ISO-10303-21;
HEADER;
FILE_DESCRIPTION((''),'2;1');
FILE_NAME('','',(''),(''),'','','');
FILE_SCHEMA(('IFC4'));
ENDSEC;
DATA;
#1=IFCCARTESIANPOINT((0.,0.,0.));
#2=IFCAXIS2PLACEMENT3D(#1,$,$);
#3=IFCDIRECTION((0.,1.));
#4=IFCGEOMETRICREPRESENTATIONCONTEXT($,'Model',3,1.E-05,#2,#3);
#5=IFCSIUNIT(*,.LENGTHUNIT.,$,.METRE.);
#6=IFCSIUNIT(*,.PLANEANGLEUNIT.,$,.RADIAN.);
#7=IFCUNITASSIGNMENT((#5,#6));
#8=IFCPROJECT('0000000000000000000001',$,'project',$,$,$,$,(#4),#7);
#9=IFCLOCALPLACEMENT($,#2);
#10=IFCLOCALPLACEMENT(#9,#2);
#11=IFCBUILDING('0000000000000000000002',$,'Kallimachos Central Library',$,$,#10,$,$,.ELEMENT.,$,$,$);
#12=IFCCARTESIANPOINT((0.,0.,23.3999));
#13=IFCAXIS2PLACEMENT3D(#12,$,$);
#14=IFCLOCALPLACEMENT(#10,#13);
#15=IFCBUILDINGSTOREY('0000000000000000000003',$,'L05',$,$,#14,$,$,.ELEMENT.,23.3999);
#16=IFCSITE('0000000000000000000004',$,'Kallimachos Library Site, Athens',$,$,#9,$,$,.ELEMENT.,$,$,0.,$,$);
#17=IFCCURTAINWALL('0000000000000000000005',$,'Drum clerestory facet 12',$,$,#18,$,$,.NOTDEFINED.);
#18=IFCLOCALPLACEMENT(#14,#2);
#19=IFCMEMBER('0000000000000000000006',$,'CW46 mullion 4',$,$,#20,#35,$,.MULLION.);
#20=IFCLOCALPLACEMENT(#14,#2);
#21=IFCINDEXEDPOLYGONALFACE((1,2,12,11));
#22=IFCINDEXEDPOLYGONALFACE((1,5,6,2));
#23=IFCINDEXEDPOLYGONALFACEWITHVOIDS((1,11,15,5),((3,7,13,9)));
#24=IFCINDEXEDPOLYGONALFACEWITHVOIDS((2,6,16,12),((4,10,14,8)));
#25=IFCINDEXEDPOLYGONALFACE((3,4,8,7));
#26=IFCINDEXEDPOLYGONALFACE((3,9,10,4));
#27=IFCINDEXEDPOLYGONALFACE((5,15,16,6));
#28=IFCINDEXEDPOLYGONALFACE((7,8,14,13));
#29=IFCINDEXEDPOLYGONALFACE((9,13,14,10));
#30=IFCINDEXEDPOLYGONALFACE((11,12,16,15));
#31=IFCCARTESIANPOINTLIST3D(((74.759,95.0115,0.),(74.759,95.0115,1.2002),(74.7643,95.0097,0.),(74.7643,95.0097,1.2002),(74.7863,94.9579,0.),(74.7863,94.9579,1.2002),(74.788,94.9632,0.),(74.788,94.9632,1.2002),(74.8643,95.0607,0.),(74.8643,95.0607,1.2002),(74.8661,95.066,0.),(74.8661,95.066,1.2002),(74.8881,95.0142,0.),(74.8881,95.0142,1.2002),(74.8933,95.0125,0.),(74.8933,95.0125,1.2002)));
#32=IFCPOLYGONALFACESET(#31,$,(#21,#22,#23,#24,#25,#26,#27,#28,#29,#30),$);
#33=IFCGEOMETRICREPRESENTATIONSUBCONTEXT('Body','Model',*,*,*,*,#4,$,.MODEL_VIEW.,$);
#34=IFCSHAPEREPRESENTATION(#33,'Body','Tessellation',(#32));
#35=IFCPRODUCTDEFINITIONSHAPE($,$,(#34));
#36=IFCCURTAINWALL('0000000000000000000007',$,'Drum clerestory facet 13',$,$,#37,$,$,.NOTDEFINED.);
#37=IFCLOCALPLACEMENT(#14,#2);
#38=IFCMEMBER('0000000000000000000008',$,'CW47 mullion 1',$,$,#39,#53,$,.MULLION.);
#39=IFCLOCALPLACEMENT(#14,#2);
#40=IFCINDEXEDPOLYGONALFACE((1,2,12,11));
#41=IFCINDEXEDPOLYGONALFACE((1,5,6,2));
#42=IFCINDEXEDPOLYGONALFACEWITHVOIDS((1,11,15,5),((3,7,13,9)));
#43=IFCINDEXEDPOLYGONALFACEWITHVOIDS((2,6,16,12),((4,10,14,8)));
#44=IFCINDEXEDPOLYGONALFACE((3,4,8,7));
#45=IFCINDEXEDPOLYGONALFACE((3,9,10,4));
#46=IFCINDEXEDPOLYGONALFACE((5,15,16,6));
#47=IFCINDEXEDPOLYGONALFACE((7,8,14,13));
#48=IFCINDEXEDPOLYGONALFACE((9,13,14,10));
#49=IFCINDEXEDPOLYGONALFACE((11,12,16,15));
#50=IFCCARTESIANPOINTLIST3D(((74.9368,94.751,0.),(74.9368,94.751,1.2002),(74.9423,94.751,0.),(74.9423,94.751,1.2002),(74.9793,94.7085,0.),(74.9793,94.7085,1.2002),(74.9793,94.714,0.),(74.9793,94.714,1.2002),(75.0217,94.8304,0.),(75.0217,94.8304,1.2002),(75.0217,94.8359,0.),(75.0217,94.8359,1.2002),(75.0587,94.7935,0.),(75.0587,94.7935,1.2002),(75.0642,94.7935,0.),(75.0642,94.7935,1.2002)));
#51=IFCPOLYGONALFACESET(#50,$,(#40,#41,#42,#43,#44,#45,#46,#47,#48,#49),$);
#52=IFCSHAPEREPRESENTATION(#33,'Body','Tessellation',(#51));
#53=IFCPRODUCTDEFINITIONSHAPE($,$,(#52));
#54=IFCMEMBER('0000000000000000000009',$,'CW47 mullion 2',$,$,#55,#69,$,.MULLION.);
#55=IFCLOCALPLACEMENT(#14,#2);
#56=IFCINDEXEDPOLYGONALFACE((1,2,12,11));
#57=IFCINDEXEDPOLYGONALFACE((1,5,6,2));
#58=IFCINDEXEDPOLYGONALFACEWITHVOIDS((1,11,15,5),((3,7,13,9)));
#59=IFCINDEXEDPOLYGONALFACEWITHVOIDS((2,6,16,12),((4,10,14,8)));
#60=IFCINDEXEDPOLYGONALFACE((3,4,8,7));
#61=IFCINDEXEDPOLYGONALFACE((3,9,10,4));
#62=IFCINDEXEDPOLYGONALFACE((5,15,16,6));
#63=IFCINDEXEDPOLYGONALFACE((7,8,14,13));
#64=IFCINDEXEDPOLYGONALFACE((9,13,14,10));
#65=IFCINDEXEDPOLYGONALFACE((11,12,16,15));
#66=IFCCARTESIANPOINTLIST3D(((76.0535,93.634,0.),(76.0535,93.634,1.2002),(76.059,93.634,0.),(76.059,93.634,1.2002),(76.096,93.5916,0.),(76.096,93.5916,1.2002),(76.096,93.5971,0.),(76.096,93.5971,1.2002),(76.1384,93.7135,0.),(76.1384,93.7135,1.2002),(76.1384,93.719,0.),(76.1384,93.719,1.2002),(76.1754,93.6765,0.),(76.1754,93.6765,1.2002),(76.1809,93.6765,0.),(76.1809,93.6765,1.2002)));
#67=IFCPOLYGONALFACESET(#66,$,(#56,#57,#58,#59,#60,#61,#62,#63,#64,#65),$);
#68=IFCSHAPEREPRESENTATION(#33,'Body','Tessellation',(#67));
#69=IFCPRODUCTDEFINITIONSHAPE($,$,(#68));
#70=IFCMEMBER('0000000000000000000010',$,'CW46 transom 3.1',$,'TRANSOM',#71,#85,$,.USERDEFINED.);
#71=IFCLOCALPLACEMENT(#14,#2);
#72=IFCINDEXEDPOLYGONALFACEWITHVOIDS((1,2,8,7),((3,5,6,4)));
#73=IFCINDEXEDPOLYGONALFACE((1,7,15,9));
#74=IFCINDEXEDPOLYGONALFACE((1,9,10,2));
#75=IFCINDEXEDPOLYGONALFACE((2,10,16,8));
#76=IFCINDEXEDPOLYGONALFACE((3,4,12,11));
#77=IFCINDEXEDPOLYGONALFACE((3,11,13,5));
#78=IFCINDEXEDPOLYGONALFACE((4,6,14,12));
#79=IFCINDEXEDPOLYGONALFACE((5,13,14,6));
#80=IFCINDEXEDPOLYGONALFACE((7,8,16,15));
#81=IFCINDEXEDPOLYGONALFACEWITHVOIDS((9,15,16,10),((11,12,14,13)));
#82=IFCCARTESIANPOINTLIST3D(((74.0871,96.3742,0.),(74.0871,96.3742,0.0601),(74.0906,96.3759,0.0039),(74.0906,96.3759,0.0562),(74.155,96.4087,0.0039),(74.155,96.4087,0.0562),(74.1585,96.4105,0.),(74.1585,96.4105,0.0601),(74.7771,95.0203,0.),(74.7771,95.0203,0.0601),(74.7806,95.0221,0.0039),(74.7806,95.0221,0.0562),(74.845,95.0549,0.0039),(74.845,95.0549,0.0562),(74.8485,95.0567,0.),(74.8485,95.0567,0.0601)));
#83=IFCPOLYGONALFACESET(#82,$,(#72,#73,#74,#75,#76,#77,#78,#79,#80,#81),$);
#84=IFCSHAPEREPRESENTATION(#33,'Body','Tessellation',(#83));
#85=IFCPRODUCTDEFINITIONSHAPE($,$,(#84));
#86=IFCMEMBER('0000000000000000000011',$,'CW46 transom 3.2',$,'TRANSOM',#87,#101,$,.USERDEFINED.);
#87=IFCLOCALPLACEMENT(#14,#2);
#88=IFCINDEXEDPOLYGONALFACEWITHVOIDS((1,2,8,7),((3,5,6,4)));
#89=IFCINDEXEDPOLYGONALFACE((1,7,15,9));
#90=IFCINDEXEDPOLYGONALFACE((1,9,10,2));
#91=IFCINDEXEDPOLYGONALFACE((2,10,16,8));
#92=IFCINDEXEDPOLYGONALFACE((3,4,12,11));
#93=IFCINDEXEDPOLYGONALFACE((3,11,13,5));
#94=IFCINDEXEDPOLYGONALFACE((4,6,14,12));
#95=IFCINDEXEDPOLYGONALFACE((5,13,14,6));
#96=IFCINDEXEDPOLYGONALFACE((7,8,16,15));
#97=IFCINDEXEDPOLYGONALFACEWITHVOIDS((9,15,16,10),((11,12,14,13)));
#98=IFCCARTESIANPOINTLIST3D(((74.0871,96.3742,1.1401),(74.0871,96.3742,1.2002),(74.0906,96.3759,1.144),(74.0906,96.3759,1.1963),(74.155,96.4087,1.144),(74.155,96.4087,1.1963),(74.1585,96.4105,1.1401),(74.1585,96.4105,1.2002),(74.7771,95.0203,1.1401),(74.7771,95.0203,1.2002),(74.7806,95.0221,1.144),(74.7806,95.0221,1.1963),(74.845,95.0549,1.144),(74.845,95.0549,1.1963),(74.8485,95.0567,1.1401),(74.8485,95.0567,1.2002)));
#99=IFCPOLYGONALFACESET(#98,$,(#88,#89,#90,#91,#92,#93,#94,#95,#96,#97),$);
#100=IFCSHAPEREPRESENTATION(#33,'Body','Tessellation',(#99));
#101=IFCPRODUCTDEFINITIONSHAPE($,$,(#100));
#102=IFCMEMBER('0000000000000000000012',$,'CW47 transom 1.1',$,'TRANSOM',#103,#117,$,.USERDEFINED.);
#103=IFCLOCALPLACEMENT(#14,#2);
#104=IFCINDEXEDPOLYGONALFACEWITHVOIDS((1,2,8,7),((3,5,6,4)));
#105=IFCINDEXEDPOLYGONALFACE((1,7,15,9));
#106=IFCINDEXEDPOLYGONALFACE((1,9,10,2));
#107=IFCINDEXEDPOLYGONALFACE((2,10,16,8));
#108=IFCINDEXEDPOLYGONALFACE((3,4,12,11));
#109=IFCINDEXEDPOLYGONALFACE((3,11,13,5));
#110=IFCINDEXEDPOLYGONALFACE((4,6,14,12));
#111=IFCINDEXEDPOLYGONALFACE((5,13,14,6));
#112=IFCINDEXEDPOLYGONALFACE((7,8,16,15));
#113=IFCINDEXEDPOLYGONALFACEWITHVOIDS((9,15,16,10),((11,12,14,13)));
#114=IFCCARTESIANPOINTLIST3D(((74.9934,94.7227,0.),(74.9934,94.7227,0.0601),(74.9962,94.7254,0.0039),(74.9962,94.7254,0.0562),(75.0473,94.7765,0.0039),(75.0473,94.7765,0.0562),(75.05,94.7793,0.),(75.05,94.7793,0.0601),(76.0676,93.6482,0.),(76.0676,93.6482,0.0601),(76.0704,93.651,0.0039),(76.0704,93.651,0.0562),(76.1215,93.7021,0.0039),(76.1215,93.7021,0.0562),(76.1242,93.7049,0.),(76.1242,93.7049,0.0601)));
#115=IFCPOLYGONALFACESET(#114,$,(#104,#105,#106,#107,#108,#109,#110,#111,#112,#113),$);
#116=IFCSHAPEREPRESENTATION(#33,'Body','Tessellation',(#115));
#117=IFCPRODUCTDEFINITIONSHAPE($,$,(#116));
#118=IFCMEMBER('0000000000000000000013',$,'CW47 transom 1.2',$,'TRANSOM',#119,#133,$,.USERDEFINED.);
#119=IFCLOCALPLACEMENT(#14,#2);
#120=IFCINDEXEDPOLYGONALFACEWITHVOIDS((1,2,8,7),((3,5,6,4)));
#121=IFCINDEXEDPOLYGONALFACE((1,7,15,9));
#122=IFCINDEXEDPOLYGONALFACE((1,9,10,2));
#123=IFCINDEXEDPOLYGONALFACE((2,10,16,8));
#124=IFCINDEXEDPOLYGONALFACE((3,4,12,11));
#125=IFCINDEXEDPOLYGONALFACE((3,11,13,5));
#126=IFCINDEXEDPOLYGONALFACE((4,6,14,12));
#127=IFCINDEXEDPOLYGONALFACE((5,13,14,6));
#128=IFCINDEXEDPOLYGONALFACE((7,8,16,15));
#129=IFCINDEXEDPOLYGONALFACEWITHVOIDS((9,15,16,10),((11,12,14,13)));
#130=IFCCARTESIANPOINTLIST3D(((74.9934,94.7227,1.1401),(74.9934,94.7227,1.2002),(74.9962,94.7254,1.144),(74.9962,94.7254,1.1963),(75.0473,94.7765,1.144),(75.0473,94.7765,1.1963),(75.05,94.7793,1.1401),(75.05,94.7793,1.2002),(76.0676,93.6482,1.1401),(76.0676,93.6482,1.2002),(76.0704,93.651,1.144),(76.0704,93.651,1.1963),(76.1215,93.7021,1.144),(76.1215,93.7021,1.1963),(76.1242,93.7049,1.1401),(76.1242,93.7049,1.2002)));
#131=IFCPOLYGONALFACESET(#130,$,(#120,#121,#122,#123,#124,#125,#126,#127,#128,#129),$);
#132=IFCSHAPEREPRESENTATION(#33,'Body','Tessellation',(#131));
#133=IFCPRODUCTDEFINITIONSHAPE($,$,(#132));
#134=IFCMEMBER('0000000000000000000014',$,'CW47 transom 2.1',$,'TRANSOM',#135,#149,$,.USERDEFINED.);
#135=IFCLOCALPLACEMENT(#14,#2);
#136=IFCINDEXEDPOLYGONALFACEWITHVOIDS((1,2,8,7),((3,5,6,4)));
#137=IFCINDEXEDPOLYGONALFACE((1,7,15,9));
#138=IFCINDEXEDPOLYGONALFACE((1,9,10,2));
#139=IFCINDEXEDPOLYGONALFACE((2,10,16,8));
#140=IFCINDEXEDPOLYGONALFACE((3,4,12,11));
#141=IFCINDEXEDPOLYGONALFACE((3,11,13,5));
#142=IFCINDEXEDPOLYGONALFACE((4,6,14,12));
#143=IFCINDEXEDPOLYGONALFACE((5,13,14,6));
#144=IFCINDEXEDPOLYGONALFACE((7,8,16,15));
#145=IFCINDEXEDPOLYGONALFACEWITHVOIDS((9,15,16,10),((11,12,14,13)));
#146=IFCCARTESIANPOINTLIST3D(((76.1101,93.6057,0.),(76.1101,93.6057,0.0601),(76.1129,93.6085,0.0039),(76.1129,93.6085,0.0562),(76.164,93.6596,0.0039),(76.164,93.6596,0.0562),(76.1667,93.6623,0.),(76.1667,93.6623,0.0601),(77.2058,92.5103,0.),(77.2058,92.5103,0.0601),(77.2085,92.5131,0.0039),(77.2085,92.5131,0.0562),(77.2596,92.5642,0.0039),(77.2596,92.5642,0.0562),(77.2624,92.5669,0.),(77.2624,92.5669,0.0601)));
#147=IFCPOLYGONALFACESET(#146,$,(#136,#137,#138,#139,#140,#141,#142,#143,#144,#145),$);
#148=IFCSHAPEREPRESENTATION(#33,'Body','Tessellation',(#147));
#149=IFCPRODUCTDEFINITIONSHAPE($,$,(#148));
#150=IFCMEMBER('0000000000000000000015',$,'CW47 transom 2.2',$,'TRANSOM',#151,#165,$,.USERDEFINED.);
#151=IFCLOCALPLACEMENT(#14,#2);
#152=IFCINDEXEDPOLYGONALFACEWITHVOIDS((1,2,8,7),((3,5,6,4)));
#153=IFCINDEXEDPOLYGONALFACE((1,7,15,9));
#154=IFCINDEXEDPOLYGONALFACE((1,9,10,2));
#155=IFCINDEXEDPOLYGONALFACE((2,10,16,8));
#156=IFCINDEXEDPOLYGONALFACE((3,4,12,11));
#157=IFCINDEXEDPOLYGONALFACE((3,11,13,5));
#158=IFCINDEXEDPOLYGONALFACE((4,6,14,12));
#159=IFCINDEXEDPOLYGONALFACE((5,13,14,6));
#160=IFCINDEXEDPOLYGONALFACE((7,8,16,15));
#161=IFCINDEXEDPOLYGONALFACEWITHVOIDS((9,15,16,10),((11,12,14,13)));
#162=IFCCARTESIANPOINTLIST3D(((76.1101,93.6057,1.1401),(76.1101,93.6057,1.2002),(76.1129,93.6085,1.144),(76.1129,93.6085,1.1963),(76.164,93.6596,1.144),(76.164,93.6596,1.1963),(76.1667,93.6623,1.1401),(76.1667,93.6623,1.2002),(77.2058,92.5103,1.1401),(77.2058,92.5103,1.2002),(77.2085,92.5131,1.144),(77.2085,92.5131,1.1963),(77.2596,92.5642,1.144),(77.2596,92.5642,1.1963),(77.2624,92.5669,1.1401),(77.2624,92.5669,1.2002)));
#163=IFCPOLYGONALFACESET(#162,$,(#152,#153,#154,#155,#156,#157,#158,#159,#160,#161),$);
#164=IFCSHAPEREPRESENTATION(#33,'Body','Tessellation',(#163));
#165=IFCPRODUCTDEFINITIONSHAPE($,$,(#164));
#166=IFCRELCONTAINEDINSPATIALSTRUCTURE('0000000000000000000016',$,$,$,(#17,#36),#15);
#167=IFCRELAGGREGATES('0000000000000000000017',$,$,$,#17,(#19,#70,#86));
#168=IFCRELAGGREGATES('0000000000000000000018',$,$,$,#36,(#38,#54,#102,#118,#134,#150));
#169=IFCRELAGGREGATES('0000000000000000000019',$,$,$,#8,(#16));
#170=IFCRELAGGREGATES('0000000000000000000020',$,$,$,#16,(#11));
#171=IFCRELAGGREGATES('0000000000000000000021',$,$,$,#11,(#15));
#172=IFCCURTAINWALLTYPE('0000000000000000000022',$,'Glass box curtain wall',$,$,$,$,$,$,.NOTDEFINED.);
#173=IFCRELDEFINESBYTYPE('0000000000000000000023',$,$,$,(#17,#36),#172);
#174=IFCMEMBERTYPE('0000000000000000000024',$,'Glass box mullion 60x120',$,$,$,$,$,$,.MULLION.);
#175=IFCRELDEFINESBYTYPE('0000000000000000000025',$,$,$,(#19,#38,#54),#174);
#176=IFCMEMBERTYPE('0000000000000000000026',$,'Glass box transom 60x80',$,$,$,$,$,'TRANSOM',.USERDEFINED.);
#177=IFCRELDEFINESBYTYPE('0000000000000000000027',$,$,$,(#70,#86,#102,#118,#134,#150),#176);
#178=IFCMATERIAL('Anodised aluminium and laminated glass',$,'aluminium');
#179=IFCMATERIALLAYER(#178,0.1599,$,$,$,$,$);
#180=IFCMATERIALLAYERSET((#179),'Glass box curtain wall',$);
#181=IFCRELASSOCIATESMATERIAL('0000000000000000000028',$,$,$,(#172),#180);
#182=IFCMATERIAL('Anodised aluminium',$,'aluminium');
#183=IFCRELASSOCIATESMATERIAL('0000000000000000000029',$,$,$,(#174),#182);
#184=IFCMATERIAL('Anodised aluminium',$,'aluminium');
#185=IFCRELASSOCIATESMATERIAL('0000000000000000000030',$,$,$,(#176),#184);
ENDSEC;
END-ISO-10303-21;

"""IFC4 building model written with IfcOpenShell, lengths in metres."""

from ifc_helpers import new_model, si_unit, direction, frame, origin, origin_2d, place, context, subcontext, project, spatial, hollow_rectangle, extrude, material, layer, layer_set, material_profile, profile_set, type_object, element, aggregate, save


model = new_model("IFC4")

# Units and contexts
model_context = context("Model", 3, precision=1e-05, world=origin(), true_north=direction((0.0, 1.0)))
body_context = subcontext(model_context, "Body", "Model", "MODEL_VIEW")
ifc_project = project(units=[si_unit("LENGTHUNIT", "METRE"), si_unit("PLANEANGLEUNIT", "RADIAN")], contexts=[model_context])

# Site, building, storey
site_placement = place(None, origin())
site = spatial("IfcSite", under=ifc_project, at=site_placement, Name="Kallimachos Library Site, Athens", CompositionType="ELEMENT", RefElevation=0.0)
building_placement = place(site_placement, origin())
building = spatial("IfcBuilding", under=site, at=building_placement, Name="Kallimachos Central Library", CompositionType="ELEMENT")
storey_placement = place(building_placement, frame((0.0, 0.0, 23.3999)))
storey = spatial("IfcBuildingStorey", under=building, at=storey_placement, Name="L05", CompositionType="ELEMENT", Elevation=23.3999)

# Curtain walls, members
ifc_material_1 = material(Name="Anodised aluminium and laminated glass", Category="aluminium")
ifc_layer_1 = layer(ifc_material_1, 0.1599)
ifc_layer_set_1 = layer_set([ifc_layer_1], Name="Glass box curtain wall")
curtain_wall_type = type_object("IfcCurtainWallType", Name="Glass box curtain wall", PredefinedType="NOTDEFINED", material=ifc_layer_set_1)
curtain_wall_1_placement = place(storey_placement, origin())
curtain_wall_1 = element("IfcCurtainWall", 1, at=curtain_wall_1_placement, inside=storey, type_object=curtain_wall_type, Name="Drum clerestory facet 12", PredefinedType="NOTDEFINED")
ifc_material_2 = material(Name="Anodised aluminium", Category="aluminium")
ifc_material_profile_1 = material_profile(ifc_material_2, hollow_rectangle(XDim=0.0601, YDim=0.1201, WallThickness=0.0039, at=origin_2d()), Name="ALU MULLION 60x120")
ifc_profile_set_1 = profile_set([ifc_material_profile_1], Name="Anodised aluminium")
member_type_1 = type_object("IfcMemberType", Name="Glass box mullion 60x120", PredefinedType="MULLION", material=ifc_profile_set_1)
member_1_placement = place(storey_placement, frame((74.8262, 95.012, 0.0), z_axis=(0.0, 0.0, 1.0), x_axis=(0.453991, -0.891006, 0.0)))
member_1 = element("IfcMember", 2, at=member_1_placement, type_object=member_type_1, Name="CW46 mullion 4", PredefinedType="MULLION", context=body_context, shape_type="SweptSolid", body=[
    extrude(hollow_rectangle(XDim=0.0601, YDim=0.1201, WallThickness=0.0039, at=origin_2d()), origin(), (0.0, 0.0, 1.0), 1.2002),
])
curtain_wall_2_placement = place(storey_placement, origin())
curtain_wall_2 = element("IfcCurtainWall", 3, at=curtain_wall_2_placement, inside=storey, type_object=curtain_wall_type, Name="Drum clerestory facet 13", PredefinedType="NOTDEFINED")
member_2_placement = place(storey_placement, frame((75.0005, 94.7722, 0.0), z_axis=(0.0, 0.0, 1.0), x_axis=(0.707107, -0.707107, 0.0)))
member_2 = element("IfcMember", 4, at=member_2_placement, type_object=member_type_1, Name="CW47 mullion 1", PredefinedType="MULLION", context=body_context, shape_type="SweptSolid", body=[
    extrude(hollow_rectangle(XDim=0.0601, YDim=0.1201, WallThickness=0.0039, at=origin_2d()), origin(), (0.0, 0.0, 1.0), 1.2002),
])
member_3_placement = place(storey_placement, frame((76.1172, 93.6553, 0.0), z_axis=(0.0, 0.0, 1.0), x_axis=(0.707107, -0.707107, 0.0)))
member_3 = element("IfcMember", 5, at=member_3_placement, type_object=member_type_1, Name="CW47 mullion 2", PredefinedType="MULLION", context=body_context, shape_type="SweptSolid", body=[
    extrude(hollow_rectangle(XDim=0.0601, YDim=0.1201, WallThickness=0.0039, at=origin_2d()), origin(), (0.0, 0.0, 1.0), 1.2002),
])

# Members
ifc_material_3 = material(Name="Anodised aluminium", Category="aluminium")
ifc_material_profile_2 = material_profile(ifc_material_3, hollow_rectangle(XDim=0.0601, YDim=0.0801, WallThickness=0.0039, at=origin_2d()), Name="ALU TRANSOM 60x80")
ifc_profile_set_2 = profile_set([ifc_material_profile_2], Name="Anodised aluminium")
member_type_2 = type_object("IfcMemberType", Name="Glass box transom 60x80", ElementType="TRANSOM", PredefinedType="USERDEFINED", material=ifc_profile_set_2)
member_4_placement = place(storey_placement, frame((74.1228, 96.3923, 0.03), z_axis=(0.454077, -0.890962, 0.0), x_axis=(0.0, 0.0, 1.0)))
member_4 = element("IfcMember", 6, at=member_4_placement, type_object=member_type_2, Name="CW46 transom 3.1", ObjectType="TRANSOM", PredefinedType="USERDEFINED", context=body_context, shape_type="SweptSolid", body=[
    extrude(hollow_rectangle(XDim=0.0601, YDim=0.0801, WallThickness=0.0039, at=origin_2d()), origin(), (0.0, 0.0, 1.0), 1.5195),
])
member_5_placement = place(storey_placement, frame((74.1228, 96.3923, 1.1702), z_axis=(0.454077, -0.890962, 0.0), x_axis=(0.0, 0.0, 1.0)))
member_5 = element("IfcMember", 7, at=member_5_placement, type_object=member_type_2, Name="CW46 transom 3.2", ObjectType="TRANSOM", PredefinedType="USERDEFINED", context=body_context, shape_type="SweptSolid", body=[
    extrude(hollow_rectangle(XDim=0.0601, YDim=0.0801, WallThickness=0.0039, at=origin_2d()), origin(), (0.0, 0.0, 1.0), 1.5195),
])
member_6_placement = place(storey_placement, frame((75.0217, 94.751, 0.03), z_axis=(0.707026, -0.707187, 0.0), x_axis=(0.0, 0.0, 1.0)))
member_6 = element("IfcMember", 8, at=member_6_placement, type_object=member_type_2, Name="CW47 transom 1.1", ObjectType="TRANSOM", PredefinedType="USERDEFINED", context=body_context, shape_type="SweptSolid", body=[
    extrude(hollow_rectangle(XDim=0.0601, YDim=0.0801, WallThickness=0.0039, at=origin_2d()), origin(), (0.0, 0.0, 1.0), 1.5193),
])
member_7_placement = place(storey_placement, frame((75.0217, 94.751, 1.1702), z_axis=(0.707026, -0.707187, 0.0), x_axis=(0.0, 0.0, 1.0)))
member_7 = element("IfcMember", 9, at=member_7_placement, type_object=member_type_2, Name="CW47 transom 1.2", ObjectType="TRANSOM", PredefinedType="USERDEFINED", context=body_context, shape_type="SweptSolid", body=[
    extrude(hollow_rectangle(XDim=0.0601, YDim=0.0801, WallThickness=0.0039, at=origin_2d()), origin(), (0.0, 0.0, 1.0), 1.5193),
])
member_8_placement = place(storey_placement, frame((76.1384, 93.634, 0.03), z_axis=(0.707186, -0.707028, 0.0), x_axis=(0.0, 0.0, 1.0)))
member_8 = element("IfcMember", 10, at=member_8_placement, type_object=member_type_2, Name="CW47 transom 2.1", ObjectType="TRANSOM", PredefinedType="USERDEFINED", context=body_context, shape_type="SweptSolid", body=[
    extrude(hollow_rectangle(XDim=0.0601, YDim=0.0801, WallThickness=0.0039, at=origin_2d()), origin(), (0.0, 0.0, 1.0), 1.5493),
])
member_9_placement = place(storey_placement, frame((76.1384, 93.634, 1.1702), z_axis=(0.707186, -0.707028, 0.0), x_axis=(0.0, 0.0, 1.0)))
member_9 = element("IfcMember", 11, at=member_9_placement, type_object=member_type_2, Name="CW47 transom 2.2", ObjectType="TRANSOM", PredefinedType="USERDEFINED", context=body_context, shape_type="SweptSolid", body=[
    extrude(hollow_rectangle(XDim=0.0601, YDim=0.0801, WallThickness=0.0039, at=origin_2d()), origin(), (0.0, 0.0, 1.0), 1.5493),
])

aggregate(curtain_wall_1, [member_1, member_4, member_5])
aggregate(curtain_wall_2, [member_2, member_3, member_6, member_7, member_8, member_9])

save(model, "model.ifc")
